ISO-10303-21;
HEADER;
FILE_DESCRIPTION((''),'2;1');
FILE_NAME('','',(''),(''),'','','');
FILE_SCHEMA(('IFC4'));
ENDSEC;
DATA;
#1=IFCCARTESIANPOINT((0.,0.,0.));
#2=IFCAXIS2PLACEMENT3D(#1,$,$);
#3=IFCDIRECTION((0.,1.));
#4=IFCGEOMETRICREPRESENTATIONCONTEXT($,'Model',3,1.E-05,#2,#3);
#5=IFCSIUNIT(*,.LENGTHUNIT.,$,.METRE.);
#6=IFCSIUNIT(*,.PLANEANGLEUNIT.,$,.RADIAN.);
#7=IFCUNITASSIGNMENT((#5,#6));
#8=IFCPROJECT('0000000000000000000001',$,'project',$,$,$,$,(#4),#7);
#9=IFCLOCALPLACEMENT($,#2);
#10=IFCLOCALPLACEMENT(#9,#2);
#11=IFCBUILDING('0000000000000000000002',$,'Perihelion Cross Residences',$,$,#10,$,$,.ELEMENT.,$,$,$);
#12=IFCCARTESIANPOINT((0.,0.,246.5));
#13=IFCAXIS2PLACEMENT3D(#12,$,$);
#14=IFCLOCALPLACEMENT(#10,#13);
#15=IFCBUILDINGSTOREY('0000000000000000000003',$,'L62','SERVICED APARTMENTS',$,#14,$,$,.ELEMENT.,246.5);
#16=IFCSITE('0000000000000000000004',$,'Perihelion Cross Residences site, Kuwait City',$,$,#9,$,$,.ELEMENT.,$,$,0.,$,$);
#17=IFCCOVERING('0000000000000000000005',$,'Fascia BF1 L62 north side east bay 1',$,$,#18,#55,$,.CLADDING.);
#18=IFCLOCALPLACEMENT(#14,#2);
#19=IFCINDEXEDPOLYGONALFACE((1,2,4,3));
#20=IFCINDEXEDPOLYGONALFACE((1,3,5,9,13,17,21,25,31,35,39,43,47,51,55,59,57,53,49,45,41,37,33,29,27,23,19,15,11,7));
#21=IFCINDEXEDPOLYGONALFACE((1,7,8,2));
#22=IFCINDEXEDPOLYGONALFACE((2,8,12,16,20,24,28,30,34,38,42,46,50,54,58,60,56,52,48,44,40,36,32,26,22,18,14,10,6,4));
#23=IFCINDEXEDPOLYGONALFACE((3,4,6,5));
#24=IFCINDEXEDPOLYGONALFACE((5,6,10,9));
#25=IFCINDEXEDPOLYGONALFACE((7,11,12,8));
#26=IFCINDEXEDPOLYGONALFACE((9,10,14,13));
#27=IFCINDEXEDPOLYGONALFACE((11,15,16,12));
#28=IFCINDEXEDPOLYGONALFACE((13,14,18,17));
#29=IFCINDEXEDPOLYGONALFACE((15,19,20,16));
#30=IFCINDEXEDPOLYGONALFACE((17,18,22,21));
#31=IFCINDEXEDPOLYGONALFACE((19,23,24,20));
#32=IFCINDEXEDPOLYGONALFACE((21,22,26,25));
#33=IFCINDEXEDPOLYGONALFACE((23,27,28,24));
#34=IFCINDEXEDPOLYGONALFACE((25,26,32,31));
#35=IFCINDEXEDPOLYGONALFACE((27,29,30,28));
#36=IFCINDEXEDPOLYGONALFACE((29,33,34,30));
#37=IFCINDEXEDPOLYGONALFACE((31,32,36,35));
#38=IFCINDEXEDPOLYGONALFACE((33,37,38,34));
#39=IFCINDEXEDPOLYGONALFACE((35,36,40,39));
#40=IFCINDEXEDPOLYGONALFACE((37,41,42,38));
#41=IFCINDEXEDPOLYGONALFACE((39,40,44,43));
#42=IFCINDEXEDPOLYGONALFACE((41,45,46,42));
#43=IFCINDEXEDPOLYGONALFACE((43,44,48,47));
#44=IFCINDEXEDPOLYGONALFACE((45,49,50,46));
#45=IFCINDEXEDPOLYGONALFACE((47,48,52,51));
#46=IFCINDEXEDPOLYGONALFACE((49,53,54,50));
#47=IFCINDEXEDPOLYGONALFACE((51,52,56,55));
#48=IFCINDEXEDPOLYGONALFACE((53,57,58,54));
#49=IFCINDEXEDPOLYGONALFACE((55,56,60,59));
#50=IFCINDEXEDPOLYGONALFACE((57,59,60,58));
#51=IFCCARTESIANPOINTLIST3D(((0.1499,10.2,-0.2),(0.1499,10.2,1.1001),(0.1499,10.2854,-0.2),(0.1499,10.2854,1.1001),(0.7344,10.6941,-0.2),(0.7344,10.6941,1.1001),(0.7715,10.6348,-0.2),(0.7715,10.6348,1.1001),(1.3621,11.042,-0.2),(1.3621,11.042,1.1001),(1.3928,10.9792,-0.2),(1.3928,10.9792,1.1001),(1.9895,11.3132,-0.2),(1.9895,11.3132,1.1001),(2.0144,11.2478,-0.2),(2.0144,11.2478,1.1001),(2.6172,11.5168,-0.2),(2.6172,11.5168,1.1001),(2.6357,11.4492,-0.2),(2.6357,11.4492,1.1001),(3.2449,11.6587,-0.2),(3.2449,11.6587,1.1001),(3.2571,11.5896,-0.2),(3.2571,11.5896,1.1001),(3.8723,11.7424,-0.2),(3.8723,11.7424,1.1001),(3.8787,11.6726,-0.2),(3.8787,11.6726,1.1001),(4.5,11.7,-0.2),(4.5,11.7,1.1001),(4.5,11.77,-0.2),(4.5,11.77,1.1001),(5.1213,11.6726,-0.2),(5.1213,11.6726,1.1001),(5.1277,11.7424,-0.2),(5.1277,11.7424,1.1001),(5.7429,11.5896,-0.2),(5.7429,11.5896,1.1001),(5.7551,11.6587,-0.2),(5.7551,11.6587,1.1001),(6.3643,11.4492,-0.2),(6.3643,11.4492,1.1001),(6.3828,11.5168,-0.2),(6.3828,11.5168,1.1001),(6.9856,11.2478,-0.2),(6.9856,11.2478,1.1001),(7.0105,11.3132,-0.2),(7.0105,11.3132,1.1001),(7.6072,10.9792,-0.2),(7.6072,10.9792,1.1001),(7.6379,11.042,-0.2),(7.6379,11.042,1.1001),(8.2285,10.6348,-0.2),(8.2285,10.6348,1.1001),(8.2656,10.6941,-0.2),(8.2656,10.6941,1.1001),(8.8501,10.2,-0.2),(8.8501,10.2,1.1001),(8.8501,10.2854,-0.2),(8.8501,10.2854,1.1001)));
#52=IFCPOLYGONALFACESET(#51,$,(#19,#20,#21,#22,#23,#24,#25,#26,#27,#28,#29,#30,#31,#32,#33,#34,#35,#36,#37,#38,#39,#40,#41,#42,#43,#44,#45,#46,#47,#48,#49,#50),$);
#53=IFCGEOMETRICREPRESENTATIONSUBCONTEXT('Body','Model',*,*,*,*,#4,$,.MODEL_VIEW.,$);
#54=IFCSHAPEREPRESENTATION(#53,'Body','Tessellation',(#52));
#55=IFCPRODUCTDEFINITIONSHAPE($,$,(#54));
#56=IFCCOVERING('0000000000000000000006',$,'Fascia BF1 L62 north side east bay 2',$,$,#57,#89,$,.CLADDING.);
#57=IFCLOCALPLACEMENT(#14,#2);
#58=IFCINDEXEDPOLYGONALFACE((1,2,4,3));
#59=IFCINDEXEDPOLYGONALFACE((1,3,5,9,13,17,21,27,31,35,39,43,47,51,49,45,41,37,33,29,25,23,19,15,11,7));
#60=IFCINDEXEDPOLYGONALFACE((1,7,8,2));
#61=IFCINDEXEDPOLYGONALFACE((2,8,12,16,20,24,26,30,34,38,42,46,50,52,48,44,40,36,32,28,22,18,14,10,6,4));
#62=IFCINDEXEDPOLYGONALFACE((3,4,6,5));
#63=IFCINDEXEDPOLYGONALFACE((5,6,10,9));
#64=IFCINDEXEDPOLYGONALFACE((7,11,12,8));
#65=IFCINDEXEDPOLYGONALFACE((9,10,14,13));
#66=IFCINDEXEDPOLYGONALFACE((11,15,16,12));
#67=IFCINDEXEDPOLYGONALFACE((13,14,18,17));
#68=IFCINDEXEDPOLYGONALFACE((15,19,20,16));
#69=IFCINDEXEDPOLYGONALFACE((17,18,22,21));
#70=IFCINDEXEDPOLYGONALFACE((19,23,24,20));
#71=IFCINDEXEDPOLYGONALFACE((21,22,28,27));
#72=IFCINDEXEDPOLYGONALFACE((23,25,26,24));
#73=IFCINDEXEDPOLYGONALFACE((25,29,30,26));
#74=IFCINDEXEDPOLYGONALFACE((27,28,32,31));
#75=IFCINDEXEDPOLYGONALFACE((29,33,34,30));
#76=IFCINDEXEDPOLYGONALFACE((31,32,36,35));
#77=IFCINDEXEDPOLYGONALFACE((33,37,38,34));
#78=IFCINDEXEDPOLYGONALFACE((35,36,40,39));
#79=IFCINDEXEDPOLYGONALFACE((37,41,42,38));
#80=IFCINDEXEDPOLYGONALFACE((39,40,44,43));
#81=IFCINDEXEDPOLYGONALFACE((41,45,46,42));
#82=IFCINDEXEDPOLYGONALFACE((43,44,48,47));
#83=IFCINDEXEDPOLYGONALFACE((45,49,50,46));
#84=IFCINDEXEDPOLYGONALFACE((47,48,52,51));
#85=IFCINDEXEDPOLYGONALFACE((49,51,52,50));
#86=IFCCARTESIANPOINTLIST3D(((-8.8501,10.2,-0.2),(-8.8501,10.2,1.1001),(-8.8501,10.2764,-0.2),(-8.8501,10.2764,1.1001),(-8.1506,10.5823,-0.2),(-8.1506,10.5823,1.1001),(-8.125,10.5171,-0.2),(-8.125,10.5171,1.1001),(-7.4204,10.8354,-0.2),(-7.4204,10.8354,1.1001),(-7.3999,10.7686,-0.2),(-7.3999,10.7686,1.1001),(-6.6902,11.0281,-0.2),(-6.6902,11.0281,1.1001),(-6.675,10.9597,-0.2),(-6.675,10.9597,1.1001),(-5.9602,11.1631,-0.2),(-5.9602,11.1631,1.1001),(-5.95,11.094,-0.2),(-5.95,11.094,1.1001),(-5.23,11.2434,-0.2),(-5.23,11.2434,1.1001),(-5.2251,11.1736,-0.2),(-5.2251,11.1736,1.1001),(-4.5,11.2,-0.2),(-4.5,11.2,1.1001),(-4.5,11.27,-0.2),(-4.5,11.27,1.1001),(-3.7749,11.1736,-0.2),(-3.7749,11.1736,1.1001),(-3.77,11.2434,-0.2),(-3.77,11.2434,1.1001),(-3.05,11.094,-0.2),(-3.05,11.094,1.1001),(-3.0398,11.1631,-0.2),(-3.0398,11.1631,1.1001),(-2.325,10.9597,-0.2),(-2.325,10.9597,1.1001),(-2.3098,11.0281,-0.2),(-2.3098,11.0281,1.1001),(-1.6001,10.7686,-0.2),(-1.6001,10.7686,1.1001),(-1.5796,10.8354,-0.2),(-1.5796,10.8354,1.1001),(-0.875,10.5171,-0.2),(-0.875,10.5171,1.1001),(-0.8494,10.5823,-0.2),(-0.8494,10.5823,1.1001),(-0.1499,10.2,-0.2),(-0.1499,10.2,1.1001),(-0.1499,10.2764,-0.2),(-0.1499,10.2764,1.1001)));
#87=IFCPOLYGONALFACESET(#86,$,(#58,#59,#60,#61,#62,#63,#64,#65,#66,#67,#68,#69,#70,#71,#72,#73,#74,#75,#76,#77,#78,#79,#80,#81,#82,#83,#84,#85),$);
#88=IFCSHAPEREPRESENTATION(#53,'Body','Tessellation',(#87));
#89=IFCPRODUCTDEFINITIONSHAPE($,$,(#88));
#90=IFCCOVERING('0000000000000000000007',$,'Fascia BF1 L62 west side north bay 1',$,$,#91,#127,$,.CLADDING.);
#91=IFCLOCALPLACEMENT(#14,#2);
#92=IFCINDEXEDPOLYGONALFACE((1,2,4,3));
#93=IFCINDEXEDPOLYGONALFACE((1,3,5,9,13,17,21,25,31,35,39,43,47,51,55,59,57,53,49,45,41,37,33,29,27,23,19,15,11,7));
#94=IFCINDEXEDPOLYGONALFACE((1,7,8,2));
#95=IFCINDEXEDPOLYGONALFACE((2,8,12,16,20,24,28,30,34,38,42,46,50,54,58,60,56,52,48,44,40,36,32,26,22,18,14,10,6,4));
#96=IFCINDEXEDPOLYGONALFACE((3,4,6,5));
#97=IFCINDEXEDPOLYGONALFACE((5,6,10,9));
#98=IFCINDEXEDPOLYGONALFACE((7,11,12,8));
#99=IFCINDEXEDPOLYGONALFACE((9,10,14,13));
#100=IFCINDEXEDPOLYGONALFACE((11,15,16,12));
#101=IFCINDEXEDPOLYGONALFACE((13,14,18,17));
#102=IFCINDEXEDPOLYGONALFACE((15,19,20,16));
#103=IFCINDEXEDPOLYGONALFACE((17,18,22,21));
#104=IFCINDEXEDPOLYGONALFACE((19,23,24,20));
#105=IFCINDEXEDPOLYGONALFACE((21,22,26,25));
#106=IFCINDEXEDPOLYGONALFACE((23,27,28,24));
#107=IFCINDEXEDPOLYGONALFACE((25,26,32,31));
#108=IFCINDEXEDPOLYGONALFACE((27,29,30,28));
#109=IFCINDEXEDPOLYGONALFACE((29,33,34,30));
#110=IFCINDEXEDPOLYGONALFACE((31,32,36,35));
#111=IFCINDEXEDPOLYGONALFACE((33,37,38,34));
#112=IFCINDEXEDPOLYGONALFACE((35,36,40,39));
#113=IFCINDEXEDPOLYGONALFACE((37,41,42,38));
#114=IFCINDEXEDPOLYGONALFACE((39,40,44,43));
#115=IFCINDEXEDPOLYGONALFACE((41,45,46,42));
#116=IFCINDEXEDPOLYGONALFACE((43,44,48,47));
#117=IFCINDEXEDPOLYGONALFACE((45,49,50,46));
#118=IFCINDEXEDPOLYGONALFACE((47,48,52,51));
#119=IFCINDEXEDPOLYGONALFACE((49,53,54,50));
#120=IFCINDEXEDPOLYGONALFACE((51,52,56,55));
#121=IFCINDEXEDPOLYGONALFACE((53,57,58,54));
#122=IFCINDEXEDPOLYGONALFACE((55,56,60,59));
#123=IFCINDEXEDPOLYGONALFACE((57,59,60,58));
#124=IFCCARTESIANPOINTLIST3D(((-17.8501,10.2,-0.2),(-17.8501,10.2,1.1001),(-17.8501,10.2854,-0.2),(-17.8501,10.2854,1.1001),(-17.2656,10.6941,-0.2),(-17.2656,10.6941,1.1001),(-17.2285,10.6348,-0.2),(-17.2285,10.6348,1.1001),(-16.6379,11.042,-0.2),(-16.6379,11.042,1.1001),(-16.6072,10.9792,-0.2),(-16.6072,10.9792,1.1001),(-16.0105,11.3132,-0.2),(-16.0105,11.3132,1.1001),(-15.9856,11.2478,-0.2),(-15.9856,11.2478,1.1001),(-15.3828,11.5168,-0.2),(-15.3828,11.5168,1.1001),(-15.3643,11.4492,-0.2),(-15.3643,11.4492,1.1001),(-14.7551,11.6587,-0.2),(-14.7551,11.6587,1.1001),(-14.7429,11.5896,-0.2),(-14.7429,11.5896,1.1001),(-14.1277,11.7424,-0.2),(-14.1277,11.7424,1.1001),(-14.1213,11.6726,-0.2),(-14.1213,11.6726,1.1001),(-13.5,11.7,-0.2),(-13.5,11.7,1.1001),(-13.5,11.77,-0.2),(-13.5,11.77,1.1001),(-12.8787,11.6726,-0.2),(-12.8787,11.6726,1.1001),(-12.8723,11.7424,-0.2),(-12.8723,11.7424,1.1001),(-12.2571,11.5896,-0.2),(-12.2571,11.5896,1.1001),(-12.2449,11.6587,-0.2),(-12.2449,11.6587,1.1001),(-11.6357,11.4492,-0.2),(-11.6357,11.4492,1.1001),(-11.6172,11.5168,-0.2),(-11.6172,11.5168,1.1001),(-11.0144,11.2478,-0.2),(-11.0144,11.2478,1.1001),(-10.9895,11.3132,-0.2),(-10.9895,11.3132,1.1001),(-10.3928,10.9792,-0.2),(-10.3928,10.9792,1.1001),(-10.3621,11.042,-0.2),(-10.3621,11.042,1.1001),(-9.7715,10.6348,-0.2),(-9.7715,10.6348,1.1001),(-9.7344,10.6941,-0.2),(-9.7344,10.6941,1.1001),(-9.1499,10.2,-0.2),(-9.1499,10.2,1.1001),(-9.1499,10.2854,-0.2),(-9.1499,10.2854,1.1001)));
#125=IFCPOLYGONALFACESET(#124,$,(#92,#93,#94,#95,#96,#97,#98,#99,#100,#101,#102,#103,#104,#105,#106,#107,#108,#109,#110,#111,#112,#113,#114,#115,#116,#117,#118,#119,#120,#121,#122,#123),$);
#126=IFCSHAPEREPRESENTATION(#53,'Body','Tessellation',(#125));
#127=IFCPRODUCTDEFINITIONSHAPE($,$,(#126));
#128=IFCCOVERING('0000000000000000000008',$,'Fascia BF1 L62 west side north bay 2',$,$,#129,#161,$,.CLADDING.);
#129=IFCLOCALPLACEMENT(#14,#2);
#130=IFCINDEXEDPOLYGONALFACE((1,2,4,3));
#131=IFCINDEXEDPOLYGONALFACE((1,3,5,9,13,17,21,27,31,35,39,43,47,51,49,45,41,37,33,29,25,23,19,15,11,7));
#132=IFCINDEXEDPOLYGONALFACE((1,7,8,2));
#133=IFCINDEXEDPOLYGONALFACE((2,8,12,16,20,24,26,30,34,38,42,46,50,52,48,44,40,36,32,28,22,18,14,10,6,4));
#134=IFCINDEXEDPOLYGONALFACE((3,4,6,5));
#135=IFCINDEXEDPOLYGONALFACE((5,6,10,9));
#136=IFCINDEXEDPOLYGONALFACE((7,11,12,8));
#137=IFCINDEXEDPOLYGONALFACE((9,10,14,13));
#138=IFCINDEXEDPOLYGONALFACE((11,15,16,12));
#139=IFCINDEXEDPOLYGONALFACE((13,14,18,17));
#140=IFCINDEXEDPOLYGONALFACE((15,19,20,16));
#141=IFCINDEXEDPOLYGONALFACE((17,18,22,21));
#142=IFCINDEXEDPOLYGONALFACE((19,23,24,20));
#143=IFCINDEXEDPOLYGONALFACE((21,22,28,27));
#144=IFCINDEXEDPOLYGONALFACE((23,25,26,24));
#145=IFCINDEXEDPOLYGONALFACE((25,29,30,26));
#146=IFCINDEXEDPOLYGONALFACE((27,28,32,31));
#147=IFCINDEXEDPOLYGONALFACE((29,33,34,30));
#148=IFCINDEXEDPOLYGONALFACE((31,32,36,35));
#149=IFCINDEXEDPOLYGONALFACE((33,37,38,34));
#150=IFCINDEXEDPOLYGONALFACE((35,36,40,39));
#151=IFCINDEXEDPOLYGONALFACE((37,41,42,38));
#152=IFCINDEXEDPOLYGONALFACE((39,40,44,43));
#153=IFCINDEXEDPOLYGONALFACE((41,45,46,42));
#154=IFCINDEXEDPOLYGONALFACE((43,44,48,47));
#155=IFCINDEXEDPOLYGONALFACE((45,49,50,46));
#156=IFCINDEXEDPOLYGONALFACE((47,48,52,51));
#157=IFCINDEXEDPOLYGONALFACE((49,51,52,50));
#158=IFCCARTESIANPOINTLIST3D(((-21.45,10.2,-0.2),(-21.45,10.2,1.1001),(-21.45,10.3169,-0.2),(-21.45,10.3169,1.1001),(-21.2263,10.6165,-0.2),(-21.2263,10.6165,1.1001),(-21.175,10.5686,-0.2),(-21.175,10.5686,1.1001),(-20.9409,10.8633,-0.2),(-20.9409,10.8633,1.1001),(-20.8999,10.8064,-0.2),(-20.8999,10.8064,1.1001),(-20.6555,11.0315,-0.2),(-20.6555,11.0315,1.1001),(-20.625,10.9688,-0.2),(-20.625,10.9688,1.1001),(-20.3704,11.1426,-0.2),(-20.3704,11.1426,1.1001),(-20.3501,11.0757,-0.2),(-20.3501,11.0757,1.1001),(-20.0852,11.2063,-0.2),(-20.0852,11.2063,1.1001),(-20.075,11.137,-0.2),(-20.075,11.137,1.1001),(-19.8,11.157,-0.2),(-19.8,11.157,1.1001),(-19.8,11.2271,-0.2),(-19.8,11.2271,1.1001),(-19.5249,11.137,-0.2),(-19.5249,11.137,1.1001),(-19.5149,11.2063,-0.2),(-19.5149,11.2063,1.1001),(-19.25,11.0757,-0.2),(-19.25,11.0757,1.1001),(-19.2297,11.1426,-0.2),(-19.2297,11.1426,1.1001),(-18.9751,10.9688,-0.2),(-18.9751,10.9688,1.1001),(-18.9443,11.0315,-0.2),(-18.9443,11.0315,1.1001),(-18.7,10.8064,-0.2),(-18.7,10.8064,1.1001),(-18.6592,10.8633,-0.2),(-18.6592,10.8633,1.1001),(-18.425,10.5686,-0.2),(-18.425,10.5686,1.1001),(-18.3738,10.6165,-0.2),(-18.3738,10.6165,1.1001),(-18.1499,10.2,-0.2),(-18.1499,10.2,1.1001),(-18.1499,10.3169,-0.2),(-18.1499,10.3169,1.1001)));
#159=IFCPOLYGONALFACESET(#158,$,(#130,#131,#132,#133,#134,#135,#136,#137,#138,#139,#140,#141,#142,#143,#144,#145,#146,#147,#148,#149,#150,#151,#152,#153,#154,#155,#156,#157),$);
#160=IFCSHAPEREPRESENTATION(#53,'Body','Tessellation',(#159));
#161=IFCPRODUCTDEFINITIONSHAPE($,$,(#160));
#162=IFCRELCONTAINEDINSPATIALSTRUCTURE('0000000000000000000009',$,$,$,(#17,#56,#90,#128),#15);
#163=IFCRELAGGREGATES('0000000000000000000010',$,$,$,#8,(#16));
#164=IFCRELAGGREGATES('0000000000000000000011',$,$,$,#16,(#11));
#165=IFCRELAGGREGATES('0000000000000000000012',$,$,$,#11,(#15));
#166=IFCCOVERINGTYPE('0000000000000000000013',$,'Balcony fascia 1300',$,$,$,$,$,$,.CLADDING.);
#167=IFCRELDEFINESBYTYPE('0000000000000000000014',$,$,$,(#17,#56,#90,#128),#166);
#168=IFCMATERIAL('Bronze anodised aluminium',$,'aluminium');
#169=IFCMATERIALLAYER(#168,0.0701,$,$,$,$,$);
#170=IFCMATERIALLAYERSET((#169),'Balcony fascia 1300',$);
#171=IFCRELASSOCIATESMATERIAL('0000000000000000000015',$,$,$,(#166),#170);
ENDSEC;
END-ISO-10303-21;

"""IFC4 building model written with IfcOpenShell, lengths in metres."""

from ifc_helpers import new_model, si_unit, direction, frame, origin, place, context, subcontext, project, spatial, polyline, outline, extrude, material, layer, layer_set, type_object, element, save


model = new_model("IFC4")

# Units and contexts
model_context = context("Model", 3, precision=1e-05, world=origin(), true_north=direction((0.0, 1.0)))
body_context = subcontext(model_context, "Body", "Model", "MODEL_VIEW")
ifc_project = project(units=[si_unit("LENGTHUNIT", "METRE"), si_unit("PLANEANGLEUNIT", "RADIAN")], contexts=[model_context])

# Site, building, storey
site_placement = place(None, origin())
site = spatial("IfcSite", under=ifc_project, at=site_placement, Name="Perihelion Cross Residences site, Kuwait City", CompositionType="ELEMENT", RefElevation=0.0)
building_placement = place(site_placement, origin())
building = spatial("IfcBuilding", under=site, at=building_placement, Name="Perihelion Cross Residences", CompositionType="ELEMENT")
storey_placement = place(building_placement, frame((0.0, 0.0, 246.5)))
storey = spatial("IfcBuildingStorey", under=building, at=storey_placement, Name="L62", Description="SERVICED APARTMENTS", CompositionType="ELEMENT", Elevation=246.5)

# Coverings
ifc_material_1 = material(Name="Bronze anodised aluminium", Category="aluminium")
ifc_layer_1 = layer(ifc_material_1, 0.0701)
ifc_layer_set_1 = layer_set([ifc_layer_1], Name="Balcony fascia 1300")
covering_type = type_object("IfcCoveringType", Name="Balcony fascia 1300", PredefinedType="CLADDING", material=ifc_layer_set_1)
covering_1_placement = place(storey_placement, frame((0.0, 0.0, -0.2)))
element("IfcCovering", 1, at=covering_1_placement, inside=storey, type_object=covering_type, Name="Fascia BF1 L62 north side east bay 1", PredefinedType="CLADDING", context=body_context, shape_type="SweptSolid", body=[
    extrude(outline(polyline([(8.2656, 10.6941), (7.6379, 11.042), (7.0105, 11.3132), (6.3828, 11.5168), (5.7551, 11.6587), (5.1277, 11.7424), (4.5, 11.77), (3.8723, 11.7424), (3.2449, 11.6587), (2.6172, 11.5168), (1.9895, 11.3132), (1.3621, 11.042), (0.7344, 10.6941), (0.1499, 10.2854), (0.1499, 10.2), (0.7715, 10.6348), (1.3928, 10.9792), (2.0144, 11.2478), (2.6357, 11.4492), (3.2571, 11.5896), (3.8787, 11.6726), (4.5, 11.7), (5.1213, 11.6726), (5.7429, 11.5896), (6.3643, 11.4492), (6.9856, 11.2478), (7.6072, 10.9792), (8.2285, 10.6348), (8.8501, 10.2), (8.8501, 10.2854), (8.2656, 10.6941)])), origin(), (0.0, 0.0, 1.0), 1.3),
])
covering_2_placement = place(storey_placement, frame((0.0, 0.0, -0.2)))
element("IfcCovering", 2, at=covering_2_placement, inside=storey, type_object=covering_type, Name="Fascia BF1 L62 north side east bay 2", PredefinedType="CLADDING", context=body_context, shape_type="SweptSolid", body=[
    extrude(outline(polyline([(-0.8494, 10.5823), (-1.5796, 10.8354), (-2.3098, 11.0281), (-3.0398, 11.1631), (-3.77, 11.2434), (-4.5, 11.27), (-5.23, 11.2434), (-5.9602, 11.1631), (-6.6902, 11.0281), (-7.4204, 10.8354), (-8.1506, 10.5823), (-8.8501, 10.2764), (-8.8501, 10.2), (-8.125, 10.5171), (-7.3999, 10.7686), (-6.675, 10.9597), (-5.95, 11.094), (-5.2251, 11.1736), (-4.5, 11.2), (-3.7749, 11.1736), (-3.05, 11.094), (-2.325, 10.9597), (-1.6001, 10.7686), (-0.875, 10.5171), (-0.1499, 10.2), (-0.1499, 10.2764), (-0.8494, 10.5823)])), origin(), (0.0, 0.0, 1.0), 1.3),
])
covering_3_placement = place(storey_placement, frame((0.0, 0.0, -0.2)))
element("IfcCovering", 3, at=covering_3_placement, inside=storey, type_object=covering_type, Name="Fascia BF1 L62 west side north bay 1", PredefinedType="CLADDING", context=body_context, shape_type="SweptSolid", body=[
    extrude(outline(polyline([(-9.7344, 10.6941), (-10.3621, 11.042), (-10.9895, 11.3132), (-11.6172, 11.5168), (-12.2449, 11.6587), (-12.8723, 11.7424), (-13.5, 11.77), (-14.1277, 11.7424), (-14.7551, 11.6587), (-15.3828, 11.5168), (-16.0105, 11.3132), (-16.6379, 11.042), (-17.2656, 10.6941), (-17.8501, 10.2854), (-17.8501, 10.2), (-17.2285, 10.6348), (-16.6072, 10.9792), (-15.9856, 11.2478), (-15.3643, 11.4492), (-14.7429, 11.5896), (-14.1213, 11.6726), (-13.5, 11.7), (-12.8787, 11.6726), (-12.2571, 11.5896), (-11.6357, 11.4492), (-11.0144, 11.2478), (-10.3928, 10.9792), (-9.7715, 10.6348), (-9.1499, 10.2), (-9.1499, 10.2854), (-9.7344, 10.6941)])), origin(), (0.0, 0.0, 1.0), 1.3),
])
covering_4_placement = place(storey_placement, frame((0.0, 0.0, -0.2)))
element("IfcCovering", 4, at=covering_4_placement, inside=storey, type_object=covering_type, Name="Fascia BF1 L62 west side north bay 2", PredefinedType="CLADDING", context=body_context, shape_type="SweptSolid", body=[
    extrude(outline(polyline([(-18.3738, 10.6165), (-18.6592, 10.8633), (-18.9443, 11.0315), (-19.2297, 11.1426), (-19.5149, 11.2063), (-19.8, 11.2271), (-20.0852, 11.2063), (-20.3704, 11.1426), (-20.6555, 11.0315), (-20.9409, 10.8633), (-21.2263, 10.6165), (-21.45, 10.3169), (-21.45, 10.2), (-21.175, 10.5686), (-20.8999, 10.8064), (-20.625, 10.9688), (-20.3501, 11.0757), (-20.075, 11.137), (-19.8, 11.157), (-19.5249, 11.137), (-19.25, 11.0757), (-18.9751, 10.9688), (-18.7, 10.8064), (-18.425, 10.5686), (-18.1499, 10.2), (-18.1499, 10.3169), (-18.3738, 10.6165)])), origin(), (0.0, 0.0, 1.0), 1.3),
])

save(model, "model.ifc")
